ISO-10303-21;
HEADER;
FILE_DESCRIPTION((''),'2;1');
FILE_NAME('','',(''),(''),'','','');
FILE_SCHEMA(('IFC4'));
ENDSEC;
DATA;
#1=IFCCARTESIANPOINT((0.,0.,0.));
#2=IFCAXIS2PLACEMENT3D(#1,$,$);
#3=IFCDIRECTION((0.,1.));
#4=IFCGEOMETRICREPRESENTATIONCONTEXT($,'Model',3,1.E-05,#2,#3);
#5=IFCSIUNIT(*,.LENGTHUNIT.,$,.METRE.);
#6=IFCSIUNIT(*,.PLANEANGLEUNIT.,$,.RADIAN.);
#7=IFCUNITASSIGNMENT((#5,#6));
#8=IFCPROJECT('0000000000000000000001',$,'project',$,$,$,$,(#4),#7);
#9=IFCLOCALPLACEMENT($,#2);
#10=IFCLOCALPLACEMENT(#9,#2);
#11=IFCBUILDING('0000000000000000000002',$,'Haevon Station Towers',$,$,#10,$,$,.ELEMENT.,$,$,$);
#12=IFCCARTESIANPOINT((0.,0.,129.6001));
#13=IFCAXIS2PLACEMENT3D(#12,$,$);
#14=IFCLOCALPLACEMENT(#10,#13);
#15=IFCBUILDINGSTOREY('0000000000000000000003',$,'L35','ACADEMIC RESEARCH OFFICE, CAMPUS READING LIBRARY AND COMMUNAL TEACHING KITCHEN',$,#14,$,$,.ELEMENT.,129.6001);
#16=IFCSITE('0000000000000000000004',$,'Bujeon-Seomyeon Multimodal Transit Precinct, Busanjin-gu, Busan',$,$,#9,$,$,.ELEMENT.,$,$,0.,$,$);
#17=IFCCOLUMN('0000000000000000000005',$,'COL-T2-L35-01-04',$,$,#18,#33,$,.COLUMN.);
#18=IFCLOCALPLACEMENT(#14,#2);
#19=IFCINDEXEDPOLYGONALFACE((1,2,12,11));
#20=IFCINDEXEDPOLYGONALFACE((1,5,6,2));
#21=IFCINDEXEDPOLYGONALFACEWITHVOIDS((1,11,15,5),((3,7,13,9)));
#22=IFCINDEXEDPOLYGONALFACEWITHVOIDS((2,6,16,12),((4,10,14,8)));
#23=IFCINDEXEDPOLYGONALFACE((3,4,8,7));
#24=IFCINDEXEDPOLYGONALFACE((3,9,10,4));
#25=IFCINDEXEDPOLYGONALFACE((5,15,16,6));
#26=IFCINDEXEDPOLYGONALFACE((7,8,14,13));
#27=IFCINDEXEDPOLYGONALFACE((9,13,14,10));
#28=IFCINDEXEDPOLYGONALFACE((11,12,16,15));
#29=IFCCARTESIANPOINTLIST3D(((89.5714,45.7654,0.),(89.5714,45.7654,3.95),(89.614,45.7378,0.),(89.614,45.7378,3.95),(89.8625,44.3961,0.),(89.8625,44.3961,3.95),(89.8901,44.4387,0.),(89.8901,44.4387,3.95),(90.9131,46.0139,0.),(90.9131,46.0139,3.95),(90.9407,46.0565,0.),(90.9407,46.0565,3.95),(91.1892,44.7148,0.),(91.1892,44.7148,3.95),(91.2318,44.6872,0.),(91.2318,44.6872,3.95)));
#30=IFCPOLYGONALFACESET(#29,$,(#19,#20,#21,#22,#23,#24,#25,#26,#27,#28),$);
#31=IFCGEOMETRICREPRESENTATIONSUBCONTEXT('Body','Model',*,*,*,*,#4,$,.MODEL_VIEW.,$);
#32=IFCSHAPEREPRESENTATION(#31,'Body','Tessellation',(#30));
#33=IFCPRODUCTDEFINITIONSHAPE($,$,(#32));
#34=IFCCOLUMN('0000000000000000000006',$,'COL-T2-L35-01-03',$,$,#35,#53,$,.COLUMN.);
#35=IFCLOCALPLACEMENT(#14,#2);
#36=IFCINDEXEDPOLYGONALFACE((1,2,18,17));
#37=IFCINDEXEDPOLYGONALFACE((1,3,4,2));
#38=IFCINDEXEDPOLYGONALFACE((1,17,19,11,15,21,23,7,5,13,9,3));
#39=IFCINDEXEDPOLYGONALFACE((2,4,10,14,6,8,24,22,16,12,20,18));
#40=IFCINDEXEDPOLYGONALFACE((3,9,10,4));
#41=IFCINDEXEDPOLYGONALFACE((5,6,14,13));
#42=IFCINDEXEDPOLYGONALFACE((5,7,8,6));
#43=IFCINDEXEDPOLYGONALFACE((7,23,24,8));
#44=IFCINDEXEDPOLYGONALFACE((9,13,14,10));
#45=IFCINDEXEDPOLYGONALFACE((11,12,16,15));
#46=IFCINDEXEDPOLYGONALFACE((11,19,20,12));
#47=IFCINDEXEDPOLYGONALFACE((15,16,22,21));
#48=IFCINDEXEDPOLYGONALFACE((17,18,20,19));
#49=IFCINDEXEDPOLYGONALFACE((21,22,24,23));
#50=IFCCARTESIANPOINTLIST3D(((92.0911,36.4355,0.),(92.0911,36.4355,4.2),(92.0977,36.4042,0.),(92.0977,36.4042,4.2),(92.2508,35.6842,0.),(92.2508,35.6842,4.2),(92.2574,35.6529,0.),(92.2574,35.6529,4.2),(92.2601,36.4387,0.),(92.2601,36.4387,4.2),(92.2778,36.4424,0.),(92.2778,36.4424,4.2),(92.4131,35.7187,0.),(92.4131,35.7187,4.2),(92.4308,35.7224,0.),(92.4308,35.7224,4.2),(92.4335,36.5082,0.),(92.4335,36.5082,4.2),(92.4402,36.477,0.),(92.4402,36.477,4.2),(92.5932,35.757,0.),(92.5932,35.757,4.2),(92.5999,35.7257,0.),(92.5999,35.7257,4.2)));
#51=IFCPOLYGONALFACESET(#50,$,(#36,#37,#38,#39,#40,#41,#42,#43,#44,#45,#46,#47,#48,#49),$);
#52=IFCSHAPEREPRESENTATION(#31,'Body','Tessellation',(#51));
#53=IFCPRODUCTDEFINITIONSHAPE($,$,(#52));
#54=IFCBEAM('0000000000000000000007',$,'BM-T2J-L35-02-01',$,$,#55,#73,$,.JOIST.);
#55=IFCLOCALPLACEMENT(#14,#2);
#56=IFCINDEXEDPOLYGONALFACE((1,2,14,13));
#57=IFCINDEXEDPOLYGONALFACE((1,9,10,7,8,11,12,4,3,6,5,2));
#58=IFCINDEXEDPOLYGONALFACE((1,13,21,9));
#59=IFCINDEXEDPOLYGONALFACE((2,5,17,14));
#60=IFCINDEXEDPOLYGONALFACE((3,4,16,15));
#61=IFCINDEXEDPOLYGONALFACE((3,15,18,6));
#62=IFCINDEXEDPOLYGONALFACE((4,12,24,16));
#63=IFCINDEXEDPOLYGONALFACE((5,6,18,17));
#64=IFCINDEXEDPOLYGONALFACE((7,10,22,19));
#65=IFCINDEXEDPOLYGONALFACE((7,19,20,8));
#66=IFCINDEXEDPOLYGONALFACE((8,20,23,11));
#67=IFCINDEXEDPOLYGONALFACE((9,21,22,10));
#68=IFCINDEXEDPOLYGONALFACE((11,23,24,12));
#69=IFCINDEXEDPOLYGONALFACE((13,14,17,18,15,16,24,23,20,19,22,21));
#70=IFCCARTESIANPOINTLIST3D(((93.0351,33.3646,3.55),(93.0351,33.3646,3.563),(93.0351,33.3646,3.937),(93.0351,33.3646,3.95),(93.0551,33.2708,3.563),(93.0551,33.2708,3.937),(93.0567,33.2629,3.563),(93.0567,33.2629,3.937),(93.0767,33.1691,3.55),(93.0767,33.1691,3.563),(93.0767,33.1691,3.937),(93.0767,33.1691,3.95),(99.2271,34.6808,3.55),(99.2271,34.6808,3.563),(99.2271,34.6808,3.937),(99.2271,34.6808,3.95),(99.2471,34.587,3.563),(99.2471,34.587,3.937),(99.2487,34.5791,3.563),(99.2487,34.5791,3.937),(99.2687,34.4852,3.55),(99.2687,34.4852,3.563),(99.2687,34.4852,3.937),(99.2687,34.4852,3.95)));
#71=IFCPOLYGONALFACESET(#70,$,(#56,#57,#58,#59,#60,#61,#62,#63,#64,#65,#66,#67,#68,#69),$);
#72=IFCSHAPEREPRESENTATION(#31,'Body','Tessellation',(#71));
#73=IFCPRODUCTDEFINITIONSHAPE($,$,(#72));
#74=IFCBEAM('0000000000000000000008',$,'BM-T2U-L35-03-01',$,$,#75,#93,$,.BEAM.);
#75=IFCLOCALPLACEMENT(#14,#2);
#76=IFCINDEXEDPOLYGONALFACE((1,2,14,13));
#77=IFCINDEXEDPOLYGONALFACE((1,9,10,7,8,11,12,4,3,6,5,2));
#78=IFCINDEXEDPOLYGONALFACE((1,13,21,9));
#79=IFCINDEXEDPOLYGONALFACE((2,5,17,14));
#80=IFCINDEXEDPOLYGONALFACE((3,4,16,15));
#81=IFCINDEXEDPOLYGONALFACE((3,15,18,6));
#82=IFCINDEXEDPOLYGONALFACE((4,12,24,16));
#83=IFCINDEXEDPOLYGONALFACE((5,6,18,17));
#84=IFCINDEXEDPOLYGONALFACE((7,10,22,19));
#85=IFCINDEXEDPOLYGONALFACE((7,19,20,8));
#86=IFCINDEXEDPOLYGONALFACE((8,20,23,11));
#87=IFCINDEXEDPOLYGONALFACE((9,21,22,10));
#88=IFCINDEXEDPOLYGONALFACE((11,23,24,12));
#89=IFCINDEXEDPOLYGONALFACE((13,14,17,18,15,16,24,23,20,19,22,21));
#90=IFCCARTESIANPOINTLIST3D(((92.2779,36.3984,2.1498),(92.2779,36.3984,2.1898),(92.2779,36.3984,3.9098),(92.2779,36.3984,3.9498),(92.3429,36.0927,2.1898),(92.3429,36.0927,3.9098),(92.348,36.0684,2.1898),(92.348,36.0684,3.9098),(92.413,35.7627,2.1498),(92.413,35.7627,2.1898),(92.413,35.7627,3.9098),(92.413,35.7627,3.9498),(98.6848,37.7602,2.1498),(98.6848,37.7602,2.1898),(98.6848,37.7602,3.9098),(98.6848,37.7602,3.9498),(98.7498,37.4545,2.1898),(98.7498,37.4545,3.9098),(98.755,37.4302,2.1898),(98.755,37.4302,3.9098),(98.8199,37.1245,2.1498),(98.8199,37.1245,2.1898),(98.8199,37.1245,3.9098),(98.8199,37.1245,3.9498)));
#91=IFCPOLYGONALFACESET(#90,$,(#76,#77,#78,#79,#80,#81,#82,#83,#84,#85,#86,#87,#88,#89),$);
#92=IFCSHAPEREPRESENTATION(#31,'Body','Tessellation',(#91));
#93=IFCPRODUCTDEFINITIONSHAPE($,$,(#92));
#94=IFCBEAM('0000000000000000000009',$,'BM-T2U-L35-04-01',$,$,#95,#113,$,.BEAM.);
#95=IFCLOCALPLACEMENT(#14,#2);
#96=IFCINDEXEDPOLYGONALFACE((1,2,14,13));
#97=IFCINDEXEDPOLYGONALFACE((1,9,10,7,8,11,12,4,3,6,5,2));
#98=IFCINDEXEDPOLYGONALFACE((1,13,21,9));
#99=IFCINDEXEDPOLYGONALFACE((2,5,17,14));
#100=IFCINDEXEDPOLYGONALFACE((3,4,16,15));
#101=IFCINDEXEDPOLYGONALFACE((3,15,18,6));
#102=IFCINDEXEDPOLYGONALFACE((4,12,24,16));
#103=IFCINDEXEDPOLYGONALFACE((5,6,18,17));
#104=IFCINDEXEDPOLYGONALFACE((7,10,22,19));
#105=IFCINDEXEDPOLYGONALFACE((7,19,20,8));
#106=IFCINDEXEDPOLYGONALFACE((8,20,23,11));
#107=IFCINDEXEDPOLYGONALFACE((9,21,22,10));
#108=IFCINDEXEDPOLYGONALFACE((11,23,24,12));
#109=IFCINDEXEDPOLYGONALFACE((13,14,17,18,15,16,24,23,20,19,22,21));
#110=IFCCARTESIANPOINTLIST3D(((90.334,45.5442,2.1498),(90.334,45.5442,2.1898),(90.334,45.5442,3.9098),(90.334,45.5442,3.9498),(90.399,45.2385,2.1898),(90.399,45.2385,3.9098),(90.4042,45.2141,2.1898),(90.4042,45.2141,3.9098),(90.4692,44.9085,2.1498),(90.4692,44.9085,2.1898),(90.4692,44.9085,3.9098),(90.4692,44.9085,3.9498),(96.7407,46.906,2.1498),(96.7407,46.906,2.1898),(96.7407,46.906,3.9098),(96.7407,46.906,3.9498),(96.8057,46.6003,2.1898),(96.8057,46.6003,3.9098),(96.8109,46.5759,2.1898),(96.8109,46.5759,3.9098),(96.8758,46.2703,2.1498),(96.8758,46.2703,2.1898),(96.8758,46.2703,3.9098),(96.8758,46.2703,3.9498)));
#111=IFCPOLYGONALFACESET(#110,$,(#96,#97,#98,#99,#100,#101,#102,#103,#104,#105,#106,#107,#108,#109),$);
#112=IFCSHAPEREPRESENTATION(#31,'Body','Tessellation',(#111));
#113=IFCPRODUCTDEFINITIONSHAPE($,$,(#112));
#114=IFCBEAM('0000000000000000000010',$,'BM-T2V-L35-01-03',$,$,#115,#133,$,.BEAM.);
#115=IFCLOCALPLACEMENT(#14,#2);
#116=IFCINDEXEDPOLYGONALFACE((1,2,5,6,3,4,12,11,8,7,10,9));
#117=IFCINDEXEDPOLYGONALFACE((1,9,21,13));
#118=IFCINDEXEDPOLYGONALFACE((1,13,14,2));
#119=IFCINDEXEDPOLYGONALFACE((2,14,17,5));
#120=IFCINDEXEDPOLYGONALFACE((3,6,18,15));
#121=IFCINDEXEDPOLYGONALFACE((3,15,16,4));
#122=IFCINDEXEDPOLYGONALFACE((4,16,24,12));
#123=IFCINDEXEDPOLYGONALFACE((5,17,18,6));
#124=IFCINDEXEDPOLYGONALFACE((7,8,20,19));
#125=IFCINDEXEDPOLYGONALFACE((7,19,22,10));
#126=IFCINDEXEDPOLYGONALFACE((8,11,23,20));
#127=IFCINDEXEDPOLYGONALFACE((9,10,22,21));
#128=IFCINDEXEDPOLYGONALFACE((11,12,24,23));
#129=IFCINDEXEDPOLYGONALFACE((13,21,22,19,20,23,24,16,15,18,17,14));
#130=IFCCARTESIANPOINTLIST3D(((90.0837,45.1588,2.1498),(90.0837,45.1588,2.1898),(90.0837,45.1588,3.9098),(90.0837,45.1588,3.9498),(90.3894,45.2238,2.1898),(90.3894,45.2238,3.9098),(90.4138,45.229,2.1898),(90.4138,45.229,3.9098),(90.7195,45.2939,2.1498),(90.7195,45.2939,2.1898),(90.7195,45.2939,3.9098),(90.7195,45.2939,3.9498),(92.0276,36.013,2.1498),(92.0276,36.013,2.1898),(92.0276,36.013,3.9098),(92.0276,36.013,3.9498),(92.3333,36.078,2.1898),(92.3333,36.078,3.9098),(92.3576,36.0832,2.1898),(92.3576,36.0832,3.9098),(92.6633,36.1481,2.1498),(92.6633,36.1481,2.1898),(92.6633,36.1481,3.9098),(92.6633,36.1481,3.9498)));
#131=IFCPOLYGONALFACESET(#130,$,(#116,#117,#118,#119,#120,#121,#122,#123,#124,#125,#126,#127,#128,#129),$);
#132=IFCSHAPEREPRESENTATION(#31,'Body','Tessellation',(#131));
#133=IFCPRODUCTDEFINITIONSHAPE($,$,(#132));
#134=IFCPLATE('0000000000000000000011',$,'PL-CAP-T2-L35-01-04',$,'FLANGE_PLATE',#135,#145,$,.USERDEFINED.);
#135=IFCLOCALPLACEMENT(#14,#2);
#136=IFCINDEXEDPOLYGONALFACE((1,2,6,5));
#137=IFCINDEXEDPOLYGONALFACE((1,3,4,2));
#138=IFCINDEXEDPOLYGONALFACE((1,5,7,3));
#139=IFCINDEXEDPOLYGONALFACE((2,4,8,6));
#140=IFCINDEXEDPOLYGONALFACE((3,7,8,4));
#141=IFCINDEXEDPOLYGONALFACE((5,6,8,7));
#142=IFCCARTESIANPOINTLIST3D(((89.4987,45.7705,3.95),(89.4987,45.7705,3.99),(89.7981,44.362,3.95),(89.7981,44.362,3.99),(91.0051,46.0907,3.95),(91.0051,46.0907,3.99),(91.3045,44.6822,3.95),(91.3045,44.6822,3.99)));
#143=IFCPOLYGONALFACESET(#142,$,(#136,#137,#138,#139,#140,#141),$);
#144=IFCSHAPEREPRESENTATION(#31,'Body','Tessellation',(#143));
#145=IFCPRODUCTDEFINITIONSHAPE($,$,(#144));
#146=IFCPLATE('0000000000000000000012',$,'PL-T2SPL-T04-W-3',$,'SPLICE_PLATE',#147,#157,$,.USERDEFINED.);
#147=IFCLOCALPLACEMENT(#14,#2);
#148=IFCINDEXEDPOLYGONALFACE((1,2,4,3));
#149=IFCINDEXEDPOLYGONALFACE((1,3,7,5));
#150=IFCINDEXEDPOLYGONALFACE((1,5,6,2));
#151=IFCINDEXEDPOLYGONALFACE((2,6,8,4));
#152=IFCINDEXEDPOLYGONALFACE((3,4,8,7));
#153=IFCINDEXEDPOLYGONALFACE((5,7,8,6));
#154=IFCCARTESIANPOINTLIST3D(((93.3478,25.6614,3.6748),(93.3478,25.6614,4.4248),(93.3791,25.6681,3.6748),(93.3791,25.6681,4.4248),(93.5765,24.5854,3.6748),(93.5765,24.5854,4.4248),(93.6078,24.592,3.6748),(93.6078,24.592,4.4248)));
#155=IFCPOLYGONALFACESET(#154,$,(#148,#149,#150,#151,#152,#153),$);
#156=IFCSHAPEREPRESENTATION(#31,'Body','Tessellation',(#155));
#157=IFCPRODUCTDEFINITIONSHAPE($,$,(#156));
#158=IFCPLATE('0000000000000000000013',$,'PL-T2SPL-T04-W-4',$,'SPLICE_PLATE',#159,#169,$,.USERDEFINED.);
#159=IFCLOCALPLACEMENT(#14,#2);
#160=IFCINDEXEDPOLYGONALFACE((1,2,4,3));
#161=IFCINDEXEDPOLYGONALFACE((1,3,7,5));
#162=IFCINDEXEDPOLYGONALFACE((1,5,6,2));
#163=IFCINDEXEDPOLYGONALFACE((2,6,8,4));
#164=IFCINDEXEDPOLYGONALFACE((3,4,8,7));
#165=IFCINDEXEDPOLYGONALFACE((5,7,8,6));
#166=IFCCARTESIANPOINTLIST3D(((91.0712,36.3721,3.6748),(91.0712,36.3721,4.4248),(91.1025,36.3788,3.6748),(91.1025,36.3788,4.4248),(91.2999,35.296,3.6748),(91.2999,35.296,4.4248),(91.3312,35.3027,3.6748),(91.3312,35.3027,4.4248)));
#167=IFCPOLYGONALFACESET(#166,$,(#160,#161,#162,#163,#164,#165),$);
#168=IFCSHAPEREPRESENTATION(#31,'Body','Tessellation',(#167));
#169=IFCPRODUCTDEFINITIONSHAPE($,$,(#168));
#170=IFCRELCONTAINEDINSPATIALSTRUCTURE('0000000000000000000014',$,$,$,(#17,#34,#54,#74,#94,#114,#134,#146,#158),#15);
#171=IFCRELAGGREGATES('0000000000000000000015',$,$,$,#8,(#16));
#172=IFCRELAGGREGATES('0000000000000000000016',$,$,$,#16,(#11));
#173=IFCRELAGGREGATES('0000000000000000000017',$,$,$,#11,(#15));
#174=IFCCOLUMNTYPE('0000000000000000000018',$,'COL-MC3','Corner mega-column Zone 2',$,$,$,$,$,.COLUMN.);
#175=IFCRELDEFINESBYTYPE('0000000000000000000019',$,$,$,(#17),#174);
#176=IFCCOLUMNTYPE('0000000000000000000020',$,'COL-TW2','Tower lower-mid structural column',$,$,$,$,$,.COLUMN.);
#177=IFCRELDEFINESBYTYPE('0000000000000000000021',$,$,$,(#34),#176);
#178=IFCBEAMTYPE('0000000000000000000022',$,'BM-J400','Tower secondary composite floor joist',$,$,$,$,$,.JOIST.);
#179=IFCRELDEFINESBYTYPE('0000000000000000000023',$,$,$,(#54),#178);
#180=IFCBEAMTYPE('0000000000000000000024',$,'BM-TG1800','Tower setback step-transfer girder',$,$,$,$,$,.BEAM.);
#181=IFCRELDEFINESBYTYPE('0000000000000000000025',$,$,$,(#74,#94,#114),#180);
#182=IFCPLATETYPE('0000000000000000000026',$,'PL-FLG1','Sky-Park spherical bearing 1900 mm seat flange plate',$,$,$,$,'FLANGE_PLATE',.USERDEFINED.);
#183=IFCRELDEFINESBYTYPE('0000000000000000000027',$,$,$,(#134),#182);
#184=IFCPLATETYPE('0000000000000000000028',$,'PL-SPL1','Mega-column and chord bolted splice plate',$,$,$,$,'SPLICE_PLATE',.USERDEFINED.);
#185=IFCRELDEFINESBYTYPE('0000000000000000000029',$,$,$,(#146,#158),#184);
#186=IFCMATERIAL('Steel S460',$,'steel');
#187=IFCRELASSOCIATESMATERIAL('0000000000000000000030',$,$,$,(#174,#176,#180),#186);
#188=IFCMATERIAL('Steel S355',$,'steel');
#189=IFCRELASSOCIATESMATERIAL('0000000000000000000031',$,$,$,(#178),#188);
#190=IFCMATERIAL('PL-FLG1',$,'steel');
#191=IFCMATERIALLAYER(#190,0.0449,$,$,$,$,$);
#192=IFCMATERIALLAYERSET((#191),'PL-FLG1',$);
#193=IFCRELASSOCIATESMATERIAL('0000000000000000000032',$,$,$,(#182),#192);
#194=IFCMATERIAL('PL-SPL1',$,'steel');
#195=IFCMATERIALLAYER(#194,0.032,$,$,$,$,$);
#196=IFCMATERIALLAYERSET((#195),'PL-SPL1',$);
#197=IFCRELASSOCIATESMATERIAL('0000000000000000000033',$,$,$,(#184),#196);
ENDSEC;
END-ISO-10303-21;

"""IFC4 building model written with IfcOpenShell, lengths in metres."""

from ifc_helpers import new_model, si_unit, direction, frame, origin, origin_2d, place, context, subcontext, project, spatial, rectangle, hollow_rectangle, i_section, extrude, material, layer, layer_set, material_profile, profile_set, type_object, element, save


model = new_model("IFC4")

# Units and contexts
model_context = context("Model", 3, precision=1e-05, world=origin(), true_north=direction((0.0, 1.0)))
body_context = subcontext(model_context, "Body", "Model", "MODEL_VIEW")
ifc_project = project(units=[si_unit("LENGTHUNIT", "METRE"), si_unit("PLANEANGLEUNIT", "RADIAN")], contexts=[model_context])

# Site, building, storey
site_placement = place(None, origin())
site = spatial("IfcSite", under=ifc_project, at=site_placement, Name="Bujeon-Seomyeon Multimodal Transit Precinct, Busanjin-gu, Busan", CompositionType="ELEMENT", RefElevation=0.0)
building_placement = place(site_placement, origin())
building = spatial("IfcBuilding", under=site, at=building_placement, Name="Haevon Station Towers", CompositionType="ELEMENT")
storey_placement = place(building_placement, frame((0.0, 0.0, 129.6001)))
storey = spatial("IfcBuildingStorey", under=building, at=storey_placement, Name="L35", Description="ACADEMIC RESEARCH OFFICE, CAMPUS READING LIBRARY AND COMMUNAL TEACHING KITCHEN", CompositionType="ELEMENT", Elevation=129.6001)

# Columns
ifc_material_1 = material(Name="Steel S460", Category="steel")
ifc_material_profile_1 = material_profile(ifc_material_1, hollow_rectangle(XDim=1.3999, YDim=1.3999, WallThickness=0.0359, at=origin_2d()), Name="BOX-1400x1400x36")
ifc_profile_set_1 = profile_set([ifc_material_profile_1], Name="Steel S460")
column_type_1 = type_object("IfcColumnType", Name="COL-MC3", Description="Corner mega-column Zone 2", PredefinedType="COLUMN", material=ifc_profile_set_1)
column_1_placement = place(storey_placement, frame((90.4016, 45.2263, 0.0), z_axis=(0.0, 0.0, 1.0), x_axis=(0.978148, 0.207912, 0.0)))
element("IfcColumn", 1, at=column_1_placement, inside=storey, type_object=column_type_1, Name="COL-T2-L35-01-04", PredefinedType="COLUMN", context=body_context, shape_type="SweptSolid", body=[
    extrude(hollow_rectangle(XDim=1.3999, YDim=1.3999, WallThickness=0.0359, at=origin_2d()), origin(), (0.0, 0.0, 1.0), 3.95),
])
ifc_material_profile_2 = material_profile(ifc_material_1, i_section(OverallWidth=0.3501, OverallDepth=0.8, WebThickness=0.0181, FlangeThickness=0.032, at=origin_2d()), Name="H-800x350x18x32")
ifc_profile_set_2 = profile_set([ifc_material_profile_2], Name="Steel S460")
column_type_2 = type_object("IfcColumnType", Name="COL-TW2", Description="Tower lower-mid structural column", PredefinedType="COLUMN", material=ifc_profile_set_2)
column_2_placement = place(storey_placement, frame((92.3455, 36.0806, 0.0), z_axis=(0.0, 0.0, 1.0), x_axis=(0.978148, 0.207912, 0.0)))
element("IfcColumn", 2, at=column_2_placement, inside=storey, type_object=column_type_2, Name="COL-T2-L35-01-03", PredefinedType="COLUMN", context=body_context, shape_type="SweptSolid", body=[
    extrude(i_section(OverallWidth=0.3501, OverallDepth=0.8, WebThickness=0.0181, FlangeThickness=0.032, at=origin_2d()), origin(), (0.0, 0.0, 1.0), 4.2),
])

# Beams
ifc_material_2 = material(Name="Steel S355", Category="steel")
ifc_material_profile_3 = material_profile(ifc_material_2, i_section(OverallWidth=0.2, OverallDepth=0.3999, WebThickness=0.0081, FlangeThickness=0.0129, at=origin_2d()), Name="H-400x200x8x13")
ifc_profile_set_3 = profile_set([ifc_material_profile_3], Name="Steel S355")
beam_type_1 = type_object("IfcBeamType", Name="BM-J400", Description="Tower secondary composite floor joist", PredefinedType="JOIST", material=ifc_profile_set_3)
beam_1_placement = place(storey_placement, frame((93.0559, 33.2668, 3.75), z_axis=(0.978146, 0.207917, 0.0), x_axis=(-0.207917, 0.978146, 0.0)))
element("IfcBeam", 3, at=beam_1_placement, inside=storey, type_object=beam_type_1, Name="BM-T2J-L35-02-01", PredefinedType="JOIST", context=body_context, shape_type="SweptSolid", body=[
    extrude(i_section(OverallWidth=0.2, OverallDepth=0.3999, WebThickness=0.0081, FlangeThickness=0.0129, at=origin_2d()), origin(), (0.0, 0.0, 1.0), 6.3303),
])
ifc_material_profile_4 = material_profile(ifc_material_1, i_section(OverallWidth=0.6499, OverallDepth=1.8, WebThickness=0.0249, FlangeThickness=0.04, at=origin_2d()), Name="H-1800x650x25x40")
ifc_profile_set_4 = profile_set([ifc_material_profile_4], Name="Steel S460")
beam_type_2 = type_object("IfcBeamType", Name="BM-TG1800", Description="Tower setback step-transfer girder", PredefinedType="BEAM", material=ifc_profile_set_4)
beam_2_placement = place(storey_placement, frame((92.3455, 36.0806, 3.0498), z_axis=(0.978149, 0.207907, 0.0), x_axis=(-0.207907, 0.978149, 0.0)))
element("IfcBeam", 4, at=beam_2_placement, inside=storey, type_object=beam_type_2, Name="BM-T2U-L35-03-01", PredefinedType="BEAM", context=body_context, shape_type="SweptSolid", body=[
    extrude(i_section(OverallWidth=0.6499, OverallDepth=1.8, WebThickness=0.0249, FlangeThickness=0.04, at=origin_2d()), origin(), (0.0, 0.0, 1.0), 6.55),
])
beam_3_placement = place(storey_placement, frame((90.4016, 45.2263, 3.0498), z_axis=(0.978147, 0.207915, 0.0), x_axis=(-0.207915, 0.978147, 0.0)))
element("IfcBeam", 5, at=beam_3_placement, inside=storey, type_object=beam_type_2, Name="BM-T2U-L35-04-01", PredefinedType="BEAM", context=body_context, shape_type="SweptSolid", body=[
    extrude(i_section(OverallWidth=0.6499, OverallDepth=1.8, WebThickness=0.0249, FlangeThickness=0.04, at=origin_2d()), origin(), (0.0, 0.0, 1.0), 6.5498),
])
beam_4_placement = place(storey_placement, frame((92.3455, 36.0806, 3.0498), z_axis=(-0.207897, 0.978151, 0.0), x_axis=(-0.978151, -0.207897, 0.0)))
element("IfcBeam", 6, at=beam_4_placement, inside=storey, type_object=beam_type_2, Name="BM-T2V-L35-01-03", PredefinedType="BEAM", context=body_context, shape_type="SweptSolid", body=[
    extrude(i_section(OverallWidth=0.6499, OverallDepth=1.8, WebThickness=0.0249, FlangeThickness=0.04, at=origin_2d()), origin(), (0.0, 0.0, 1.0), 9.3501),
])

# Plates
ifc_material_3 = material(Name="PL-FLG1", Category="steel")
ifc_layer_1 = layer(ifc_material_3, 0.0449)
ifc_layer_set_1 = layer_set([ifc_layer_1], Name="PL-FLG1")
plate_type_1 = type_object("IfcPlateType", Name="PL-FLG1", Description="Sky-Park spherical bearing 1900 mm seat flange plate", ElementType="FLANGE_PLATE", PredefinedType="USERDEFINED", material=ifc_layer_set_1)
plate_placement = place(storey_placement, frame((90.4016, 45.2263, 3.95), z_axis=(0.0, 0.0, 1.0), x_axis=(0.978148, 0.207912, 0.0)))
element("IfcPlate", 7, at=plate_placement, inside=storey, type_object=plate_type_1, Name="PL-CAP-T2-L35-01-04", ObjectType="FLANGE_PLATE", PredefinedType="USERDEFINED", context=body_context, shape_type="SweptSolid", body=[
    extrude(rectangle(XDim=1.54, YDim=1.4399, at=origin_2d()), origin(), (0.0, 0.0, 1.0), 0.04),
])
ifc_material_4 = material(Name="PL-SPL1", Category="steel")
ifc_layer_2 = layer(ifc_material_4, 0.032)
ifc_layer_set_2 = layer_set([ifc_layer_2], Name="PL-SPL1")
plate_type_2 = type_object("IfcPlateType", Name="PL-SPL1", Description="Mega-column and chord bolted splice plate", ElementType="SPLICE_PLATE", PredefinedType="USERDEFINED", material=ifc_layer_set_2)
for number, where, z_axis, x_axis, name in (
    (8, (93.4778, 25.1267, 3.6748), (0.0, 0.0, 1.0), (-0.207912, 0.978148, 0.0), "PL-T2SPL-T04-W-3"),
    (9, (91.2012, 35.8374, 3.6748), (0.0, 0.0, 1.0), (-0.207912, 0.978148, 0.0), "PL-T2SPL-T04-W-4"),
):
    element("IfcPlate", number, at=place(storey_placement, frame(where, z_axis=z_axis, x_axis=x_axis)), inside=storey, type_object=plate_type_2, Name=name, ObjectType="SPLICE_PLATE", PredefinedType="USERDEFINED", context=body_context, shape_type="SweptSolid", body=[
        extrude(rectangle(XDim=1.1001, YDim=0.032, at=origin_2d()), origin(), (0.0, 0.0, 1.0), 0.75),
    ])

save(model, "model.ifc")
